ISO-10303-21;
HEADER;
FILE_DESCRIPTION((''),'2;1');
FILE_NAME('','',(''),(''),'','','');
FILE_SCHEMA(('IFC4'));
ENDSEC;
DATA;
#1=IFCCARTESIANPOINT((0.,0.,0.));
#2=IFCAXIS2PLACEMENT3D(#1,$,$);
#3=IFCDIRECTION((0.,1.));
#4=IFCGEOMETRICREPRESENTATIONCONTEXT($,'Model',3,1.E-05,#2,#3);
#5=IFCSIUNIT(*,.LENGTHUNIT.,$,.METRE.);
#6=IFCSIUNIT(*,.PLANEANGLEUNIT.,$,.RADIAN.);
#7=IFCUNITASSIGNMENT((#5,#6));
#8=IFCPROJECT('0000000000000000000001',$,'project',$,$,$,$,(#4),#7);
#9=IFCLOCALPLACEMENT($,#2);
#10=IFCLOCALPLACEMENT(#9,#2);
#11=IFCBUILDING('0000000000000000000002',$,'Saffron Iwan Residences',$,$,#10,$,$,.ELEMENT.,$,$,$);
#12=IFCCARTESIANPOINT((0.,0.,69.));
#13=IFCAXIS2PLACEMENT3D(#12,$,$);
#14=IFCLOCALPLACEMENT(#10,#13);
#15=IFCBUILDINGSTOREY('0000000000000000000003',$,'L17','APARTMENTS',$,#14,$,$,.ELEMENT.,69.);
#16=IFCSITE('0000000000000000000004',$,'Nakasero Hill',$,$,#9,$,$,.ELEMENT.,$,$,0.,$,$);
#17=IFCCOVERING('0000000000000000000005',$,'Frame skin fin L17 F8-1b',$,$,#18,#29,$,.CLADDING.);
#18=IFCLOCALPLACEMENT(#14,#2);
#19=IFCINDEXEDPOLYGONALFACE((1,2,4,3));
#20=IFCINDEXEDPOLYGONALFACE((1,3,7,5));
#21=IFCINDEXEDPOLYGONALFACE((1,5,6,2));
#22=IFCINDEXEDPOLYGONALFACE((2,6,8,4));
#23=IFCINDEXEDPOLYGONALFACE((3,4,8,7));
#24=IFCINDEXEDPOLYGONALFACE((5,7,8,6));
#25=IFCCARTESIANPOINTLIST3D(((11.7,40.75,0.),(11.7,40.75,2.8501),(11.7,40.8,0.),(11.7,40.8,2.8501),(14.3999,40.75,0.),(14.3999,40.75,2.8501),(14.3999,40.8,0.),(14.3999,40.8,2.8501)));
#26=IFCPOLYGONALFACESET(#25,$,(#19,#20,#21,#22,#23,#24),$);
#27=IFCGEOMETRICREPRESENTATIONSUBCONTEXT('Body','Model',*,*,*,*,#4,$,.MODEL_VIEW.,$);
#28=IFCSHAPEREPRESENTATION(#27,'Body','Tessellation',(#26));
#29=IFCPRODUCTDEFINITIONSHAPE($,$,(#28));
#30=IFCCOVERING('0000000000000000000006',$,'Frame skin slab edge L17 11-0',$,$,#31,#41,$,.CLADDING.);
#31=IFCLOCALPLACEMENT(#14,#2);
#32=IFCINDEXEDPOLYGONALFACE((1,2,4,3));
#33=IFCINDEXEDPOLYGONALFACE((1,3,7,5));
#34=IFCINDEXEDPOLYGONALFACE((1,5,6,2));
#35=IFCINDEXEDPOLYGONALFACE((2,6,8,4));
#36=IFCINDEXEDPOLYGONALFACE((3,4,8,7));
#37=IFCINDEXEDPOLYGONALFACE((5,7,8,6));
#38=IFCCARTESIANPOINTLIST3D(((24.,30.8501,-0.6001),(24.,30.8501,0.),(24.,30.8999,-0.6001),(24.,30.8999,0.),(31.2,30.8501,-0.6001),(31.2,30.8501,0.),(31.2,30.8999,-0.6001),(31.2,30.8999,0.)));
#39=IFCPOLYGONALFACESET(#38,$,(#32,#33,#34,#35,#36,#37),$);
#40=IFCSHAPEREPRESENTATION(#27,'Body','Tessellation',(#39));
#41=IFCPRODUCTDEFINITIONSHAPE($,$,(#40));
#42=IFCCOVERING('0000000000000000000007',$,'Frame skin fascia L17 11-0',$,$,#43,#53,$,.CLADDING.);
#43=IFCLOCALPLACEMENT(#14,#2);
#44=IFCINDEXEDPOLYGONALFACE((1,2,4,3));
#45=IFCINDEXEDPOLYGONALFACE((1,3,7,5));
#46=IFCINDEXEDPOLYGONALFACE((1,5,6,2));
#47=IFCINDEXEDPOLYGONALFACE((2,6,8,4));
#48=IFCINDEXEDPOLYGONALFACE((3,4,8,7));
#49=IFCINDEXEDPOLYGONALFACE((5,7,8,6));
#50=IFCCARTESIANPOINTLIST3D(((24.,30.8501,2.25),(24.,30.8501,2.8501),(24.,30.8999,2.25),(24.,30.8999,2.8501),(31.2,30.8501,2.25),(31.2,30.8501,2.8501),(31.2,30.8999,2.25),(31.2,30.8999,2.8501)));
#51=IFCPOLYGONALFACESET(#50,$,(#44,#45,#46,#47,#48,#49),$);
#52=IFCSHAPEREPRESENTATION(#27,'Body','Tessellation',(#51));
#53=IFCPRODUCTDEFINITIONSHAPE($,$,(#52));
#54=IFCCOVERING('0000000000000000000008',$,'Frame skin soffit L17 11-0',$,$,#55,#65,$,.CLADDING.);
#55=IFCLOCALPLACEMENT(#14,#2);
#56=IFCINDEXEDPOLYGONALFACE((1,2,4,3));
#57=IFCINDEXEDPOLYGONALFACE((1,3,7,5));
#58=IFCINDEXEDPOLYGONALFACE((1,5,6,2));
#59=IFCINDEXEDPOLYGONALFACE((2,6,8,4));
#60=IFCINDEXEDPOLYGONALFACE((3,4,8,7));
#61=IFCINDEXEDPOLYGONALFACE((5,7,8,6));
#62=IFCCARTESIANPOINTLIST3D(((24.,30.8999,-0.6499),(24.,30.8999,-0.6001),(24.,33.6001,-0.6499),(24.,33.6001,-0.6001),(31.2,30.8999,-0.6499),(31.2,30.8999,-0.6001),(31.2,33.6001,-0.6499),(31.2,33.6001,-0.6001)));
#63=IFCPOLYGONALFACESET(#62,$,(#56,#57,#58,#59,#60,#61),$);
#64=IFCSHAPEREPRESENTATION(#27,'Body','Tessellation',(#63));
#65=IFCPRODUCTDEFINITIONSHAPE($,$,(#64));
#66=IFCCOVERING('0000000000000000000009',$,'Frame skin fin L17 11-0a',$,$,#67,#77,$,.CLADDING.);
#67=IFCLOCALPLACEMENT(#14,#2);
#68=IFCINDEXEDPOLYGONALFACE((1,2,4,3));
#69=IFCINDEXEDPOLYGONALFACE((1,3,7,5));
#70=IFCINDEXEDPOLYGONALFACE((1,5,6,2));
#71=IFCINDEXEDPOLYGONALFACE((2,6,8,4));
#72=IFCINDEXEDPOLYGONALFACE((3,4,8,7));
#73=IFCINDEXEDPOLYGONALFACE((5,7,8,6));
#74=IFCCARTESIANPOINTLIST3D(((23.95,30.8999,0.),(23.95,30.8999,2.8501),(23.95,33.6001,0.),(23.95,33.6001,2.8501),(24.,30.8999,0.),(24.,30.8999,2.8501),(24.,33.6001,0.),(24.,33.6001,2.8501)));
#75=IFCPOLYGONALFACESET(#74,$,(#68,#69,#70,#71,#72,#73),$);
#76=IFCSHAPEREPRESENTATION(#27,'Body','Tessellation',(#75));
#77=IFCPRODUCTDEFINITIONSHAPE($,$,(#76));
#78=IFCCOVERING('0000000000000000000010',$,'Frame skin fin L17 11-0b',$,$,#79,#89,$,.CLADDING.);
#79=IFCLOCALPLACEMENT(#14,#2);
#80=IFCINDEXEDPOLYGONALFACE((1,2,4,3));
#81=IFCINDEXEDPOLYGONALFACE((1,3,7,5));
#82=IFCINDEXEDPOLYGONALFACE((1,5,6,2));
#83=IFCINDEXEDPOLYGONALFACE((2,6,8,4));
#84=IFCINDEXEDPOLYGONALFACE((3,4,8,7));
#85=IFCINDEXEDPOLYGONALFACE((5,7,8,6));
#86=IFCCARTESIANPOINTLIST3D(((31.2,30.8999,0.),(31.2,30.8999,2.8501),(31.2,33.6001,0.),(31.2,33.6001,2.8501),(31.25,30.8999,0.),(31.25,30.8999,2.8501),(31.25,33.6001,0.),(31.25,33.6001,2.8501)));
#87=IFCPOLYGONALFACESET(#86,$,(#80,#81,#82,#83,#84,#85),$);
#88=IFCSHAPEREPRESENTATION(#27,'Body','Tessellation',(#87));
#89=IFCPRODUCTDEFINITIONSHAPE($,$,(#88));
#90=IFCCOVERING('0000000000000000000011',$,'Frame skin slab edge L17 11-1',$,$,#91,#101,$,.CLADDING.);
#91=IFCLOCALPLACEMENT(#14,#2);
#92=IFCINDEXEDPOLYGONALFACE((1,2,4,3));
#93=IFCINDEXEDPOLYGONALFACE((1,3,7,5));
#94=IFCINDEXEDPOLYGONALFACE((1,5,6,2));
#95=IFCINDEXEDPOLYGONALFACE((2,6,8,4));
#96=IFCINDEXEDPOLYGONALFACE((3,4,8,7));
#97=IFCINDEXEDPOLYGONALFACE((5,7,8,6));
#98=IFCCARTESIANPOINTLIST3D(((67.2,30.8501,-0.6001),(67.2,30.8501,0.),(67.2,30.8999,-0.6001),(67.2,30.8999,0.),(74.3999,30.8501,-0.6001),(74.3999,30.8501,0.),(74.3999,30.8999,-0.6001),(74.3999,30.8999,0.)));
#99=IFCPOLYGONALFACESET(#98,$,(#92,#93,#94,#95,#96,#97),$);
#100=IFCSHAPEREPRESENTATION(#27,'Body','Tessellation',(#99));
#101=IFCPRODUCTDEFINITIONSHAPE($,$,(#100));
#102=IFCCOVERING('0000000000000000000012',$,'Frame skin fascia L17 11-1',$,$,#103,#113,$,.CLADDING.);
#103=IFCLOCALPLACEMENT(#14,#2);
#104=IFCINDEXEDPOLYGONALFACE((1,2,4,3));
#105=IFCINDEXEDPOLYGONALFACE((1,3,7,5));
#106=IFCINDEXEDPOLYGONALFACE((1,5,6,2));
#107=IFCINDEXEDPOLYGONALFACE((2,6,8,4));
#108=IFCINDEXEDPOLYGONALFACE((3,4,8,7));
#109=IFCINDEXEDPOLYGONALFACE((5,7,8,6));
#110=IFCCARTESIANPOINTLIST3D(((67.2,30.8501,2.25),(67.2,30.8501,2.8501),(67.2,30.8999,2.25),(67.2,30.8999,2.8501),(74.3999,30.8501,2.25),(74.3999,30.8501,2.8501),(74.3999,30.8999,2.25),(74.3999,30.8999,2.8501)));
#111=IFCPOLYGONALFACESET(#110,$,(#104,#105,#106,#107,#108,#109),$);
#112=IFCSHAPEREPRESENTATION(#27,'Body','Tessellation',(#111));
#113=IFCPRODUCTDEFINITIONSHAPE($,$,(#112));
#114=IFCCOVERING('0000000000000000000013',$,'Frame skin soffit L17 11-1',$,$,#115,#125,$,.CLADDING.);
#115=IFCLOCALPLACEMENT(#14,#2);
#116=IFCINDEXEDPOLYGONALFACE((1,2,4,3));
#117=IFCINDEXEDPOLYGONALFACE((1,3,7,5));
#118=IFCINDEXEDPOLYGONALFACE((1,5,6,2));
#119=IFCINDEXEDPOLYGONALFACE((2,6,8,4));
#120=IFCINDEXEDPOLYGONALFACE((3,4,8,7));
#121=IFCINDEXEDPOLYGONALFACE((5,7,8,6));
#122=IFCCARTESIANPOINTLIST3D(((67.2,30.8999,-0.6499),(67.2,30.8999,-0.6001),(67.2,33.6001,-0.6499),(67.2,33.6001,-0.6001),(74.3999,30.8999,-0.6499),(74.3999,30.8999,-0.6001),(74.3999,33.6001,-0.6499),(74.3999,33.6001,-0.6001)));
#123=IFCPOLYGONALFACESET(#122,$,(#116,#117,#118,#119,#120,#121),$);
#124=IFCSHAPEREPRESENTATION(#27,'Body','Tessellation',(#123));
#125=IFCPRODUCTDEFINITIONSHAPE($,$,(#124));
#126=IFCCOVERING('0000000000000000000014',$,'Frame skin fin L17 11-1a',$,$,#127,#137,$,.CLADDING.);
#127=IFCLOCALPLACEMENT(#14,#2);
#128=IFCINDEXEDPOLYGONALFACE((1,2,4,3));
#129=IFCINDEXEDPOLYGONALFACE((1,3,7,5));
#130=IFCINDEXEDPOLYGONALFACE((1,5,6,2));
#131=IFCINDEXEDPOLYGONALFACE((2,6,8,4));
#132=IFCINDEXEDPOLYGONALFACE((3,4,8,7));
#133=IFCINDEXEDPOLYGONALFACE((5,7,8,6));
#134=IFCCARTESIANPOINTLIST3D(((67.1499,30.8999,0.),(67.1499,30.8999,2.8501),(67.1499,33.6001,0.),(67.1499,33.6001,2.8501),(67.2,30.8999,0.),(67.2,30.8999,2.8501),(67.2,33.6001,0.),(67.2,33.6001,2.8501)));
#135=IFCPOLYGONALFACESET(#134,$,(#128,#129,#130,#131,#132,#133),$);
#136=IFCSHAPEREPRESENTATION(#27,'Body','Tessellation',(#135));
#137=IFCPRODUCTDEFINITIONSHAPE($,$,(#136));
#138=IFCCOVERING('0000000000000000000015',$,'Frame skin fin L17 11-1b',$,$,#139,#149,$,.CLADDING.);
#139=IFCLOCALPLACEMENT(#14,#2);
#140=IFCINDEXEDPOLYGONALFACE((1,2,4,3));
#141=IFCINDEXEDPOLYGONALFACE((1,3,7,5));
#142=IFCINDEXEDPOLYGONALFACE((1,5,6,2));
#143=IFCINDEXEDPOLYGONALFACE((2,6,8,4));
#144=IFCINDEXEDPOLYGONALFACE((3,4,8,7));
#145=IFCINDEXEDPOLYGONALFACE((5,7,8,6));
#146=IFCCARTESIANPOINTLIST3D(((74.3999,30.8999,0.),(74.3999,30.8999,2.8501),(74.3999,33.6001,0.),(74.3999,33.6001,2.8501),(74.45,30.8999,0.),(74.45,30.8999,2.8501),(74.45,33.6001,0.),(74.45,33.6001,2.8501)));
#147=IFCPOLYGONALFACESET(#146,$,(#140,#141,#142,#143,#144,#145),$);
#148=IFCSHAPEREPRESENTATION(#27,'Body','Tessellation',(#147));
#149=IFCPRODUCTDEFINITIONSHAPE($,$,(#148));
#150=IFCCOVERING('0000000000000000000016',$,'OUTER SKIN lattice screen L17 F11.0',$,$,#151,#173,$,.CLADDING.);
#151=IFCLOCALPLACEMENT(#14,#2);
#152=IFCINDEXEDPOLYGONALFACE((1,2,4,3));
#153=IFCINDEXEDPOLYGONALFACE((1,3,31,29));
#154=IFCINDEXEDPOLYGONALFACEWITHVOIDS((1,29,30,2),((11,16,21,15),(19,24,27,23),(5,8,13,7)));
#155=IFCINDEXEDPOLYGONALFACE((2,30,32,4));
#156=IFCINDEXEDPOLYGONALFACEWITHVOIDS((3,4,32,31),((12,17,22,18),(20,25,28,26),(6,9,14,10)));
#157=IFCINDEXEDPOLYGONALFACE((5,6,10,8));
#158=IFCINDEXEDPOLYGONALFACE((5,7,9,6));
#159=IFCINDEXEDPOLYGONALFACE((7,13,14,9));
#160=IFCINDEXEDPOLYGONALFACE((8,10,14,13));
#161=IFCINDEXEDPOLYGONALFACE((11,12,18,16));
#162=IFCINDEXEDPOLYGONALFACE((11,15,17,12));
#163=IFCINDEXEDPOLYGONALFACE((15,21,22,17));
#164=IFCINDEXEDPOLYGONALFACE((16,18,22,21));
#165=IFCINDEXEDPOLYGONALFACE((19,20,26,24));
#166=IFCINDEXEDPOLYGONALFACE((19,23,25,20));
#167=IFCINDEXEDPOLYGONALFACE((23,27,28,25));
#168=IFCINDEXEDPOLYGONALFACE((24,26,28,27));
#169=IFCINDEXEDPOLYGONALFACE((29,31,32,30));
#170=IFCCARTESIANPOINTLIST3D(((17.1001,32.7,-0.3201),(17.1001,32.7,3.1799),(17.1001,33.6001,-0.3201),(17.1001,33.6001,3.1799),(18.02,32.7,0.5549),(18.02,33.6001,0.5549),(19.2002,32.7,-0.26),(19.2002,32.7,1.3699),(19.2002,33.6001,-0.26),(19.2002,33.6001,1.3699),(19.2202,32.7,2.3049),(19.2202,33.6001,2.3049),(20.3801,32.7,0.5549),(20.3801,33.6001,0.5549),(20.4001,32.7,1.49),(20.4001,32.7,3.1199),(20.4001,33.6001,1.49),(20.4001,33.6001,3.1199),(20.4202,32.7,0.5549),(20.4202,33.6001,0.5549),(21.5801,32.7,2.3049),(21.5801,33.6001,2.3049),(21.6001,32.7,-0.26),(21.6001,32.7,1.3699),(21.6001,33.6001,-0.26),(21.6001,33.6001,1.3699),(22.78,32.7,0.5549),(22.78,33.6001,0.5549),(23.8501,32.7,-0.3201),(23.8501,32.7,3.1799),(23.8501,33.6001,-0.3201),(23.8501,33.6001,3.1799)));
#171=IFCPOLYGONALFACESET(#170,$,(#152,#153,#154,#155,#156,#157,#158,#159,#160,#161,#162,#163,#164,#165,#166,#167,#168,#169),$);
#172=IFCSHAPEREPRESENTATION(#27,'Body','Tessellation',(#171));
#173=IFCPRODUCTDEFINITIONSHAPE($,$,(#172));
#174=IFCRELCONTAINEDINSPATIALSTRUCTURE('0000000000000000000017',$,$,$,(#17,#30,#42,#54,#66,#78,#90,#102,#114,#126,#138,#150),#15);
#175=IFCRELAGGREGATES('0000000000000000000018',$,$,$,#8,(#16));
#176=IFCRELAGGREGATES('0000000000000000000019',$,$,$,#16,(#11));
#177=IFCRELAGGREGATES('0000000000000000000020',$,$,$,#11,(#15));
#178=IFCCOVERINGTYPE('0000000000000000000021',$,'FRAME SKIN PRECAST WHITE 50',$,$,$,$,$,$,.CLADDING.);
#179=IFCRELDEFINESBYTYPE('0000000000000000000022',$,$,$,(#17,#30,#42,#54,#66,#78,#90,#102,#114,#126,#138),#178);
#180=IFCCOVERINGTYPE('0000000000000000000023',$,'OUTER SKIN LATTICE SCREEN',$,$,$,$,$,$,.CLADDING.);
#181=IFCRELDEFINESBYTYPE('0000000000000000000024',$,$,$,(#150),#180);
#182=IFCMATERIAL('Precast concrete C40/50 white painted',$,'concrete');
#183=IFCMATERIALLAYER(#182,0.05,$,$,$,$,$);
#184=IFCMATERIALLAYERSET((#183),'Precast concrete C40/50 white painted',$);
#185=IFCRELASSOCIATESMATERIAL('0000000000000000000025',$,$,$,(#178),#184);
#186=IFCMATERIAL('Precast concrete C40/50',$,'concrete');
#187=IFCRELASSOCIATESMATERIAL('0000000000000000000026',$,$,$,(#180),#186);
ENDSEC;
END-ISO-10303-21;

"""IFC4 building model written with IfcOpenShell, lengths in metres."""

from ifc_helpers import new_model, si_unit, direction, frame, origin, place, context, subcontext, project, spatial, polyline, outline, extrude, material, layer, layer_set, type_object, element, save


model = new_model("IFC4")

# Units and contexts
model_context = context("Model", 3, precision=1e-05, world=origin(), true_north=direction((0.0, 1.0)))
body_context = subcontext(model_context, "Body", "Model", "MODEL_VIEW")
ifc_project = project(units=[si_unit("LENGTHUNIT", "METRE"), si_unit("PLANEANGLEUNIT", "RADIAN")], contexts=[model_context])

# Site, building, storey
site_placement = place(None, origin())
site = spatial("IfcSite", under=ifc_project, at=site_placement, Name="Nakasero Hill", CompositionType="ELEMENT", RefElevation=0.0)
building_placement = place(site_placement, origin())
building = spatial("IfcBuilding", under=site, at=building_placement, Name="Saffron Iwan Residences", CompositionType="ELEMENT")
storey_placement = place(building_placement, frame((0.0, 0.0, 69.0)))
storey = spatial("IfcBuildingStorey", under=building, at=storey_placement, Name="L17", Description="APARTMENTS", CompositionType="ELEMENT", Elevation=69.0)

# Coverings
ifc_material_1 = material(Name="Precast concrete C40/50 white painted", Category="concrete")
ifc_layer_1 = layer(ifc_material_1, 0.05)
ifc_layer_set_1 = layer_set([ifc_layer_1], Name="Precast concrete C40/50 white painted")
covering_type_1 = type_object("IfcCoveringType", Name="FRAME SKIN PRECAST WHITE 50", PredefinedType="CLADDING", material=ifc_layer_set_1)
covering_1_placement = place(storey_placement, origin())
element("IfcCovering", 1, at=covering_1_placement, inside=storey, type_object=covering_type_1, Name="Frame skin fin L17 F8-1b", PredefinedType="CLADDING", context=body_context, shape_type="SweptSolid", body=[
    extrude(outline(polyline([(11.7, 40.8), (11.7, 40.75), (14.3999, 40.75), (14.3999, 40.8), (11.7, 40.8)])), origin(), (0.0, 0.0, 1.0), 2.8501),
])
for number, where, name in (
    (2, (0.0, 0.0, -0.6001), "Frame skin slab edge L17 11-0"),
    (3, (0.0, 0.0, 2.25), "Frame skin fascia L17 11-0"),
):
    element("IfcCovering", number, at=place(storey_placement, frame(where)), inside=storey, type_object=covering_type_1, Name=name, PredefinedType="CLADDING", context=body_context, shape_type="SweptSolid", body=[
        extrude(outline(polyline([(24.0, 30.8501), (31.2, 30.8501), (31.2, 30.8999), (24.0, 30.8999), (24.0, 30.8501)])), origin(), (0.0, 0.0, 1.0), 0.6001),
    ])
covering_2_placement = place(storey_placement, frame((0.0, 0.0, -0.6499)))
element("IfcCovering", 4, at=covering_2_placement, inside=storey, type_object=covering_type_1, Name="Frame skin soffit L17 11-0", PredefinedType="CLADDING", context=body_context, shape_type="SweptSolid", body=[
    extrude(outline(polyline([(24.0, 30.8999), (31.2, 30.8999), (31.2, 33.6001), (24.0, 33.6001), (24.0, 30.8999)])), origin(), (0.0, 0.0, 1.0), 0.0498),
])
covering_3_placement = place(storey_placement, origin())
element("IfcCovering", 5, at=covering_3_placement, inside=storey, type_object=covering_type_1, Name="Frame skin fin L17 11-0a", PredefinedType="CLADDING", context=body_context, shape_type="SweptSolid", body=[
    extrude(outline(polyline([(23.95, 30.8999), (24.0, 30.8999), (24.0, 33.6001), (23.95, 33.6001), (23.95, 30.8999)])), origin(), (0.0, 0.0, 1.0), 2.8501),
])
covering_4_placement = place(storey_placement, origin())
element("IfcCovering", 6, at=covering_4_placement, inside=storey, type_object=covering_type_1, Name="Frame skin fin L17 11-0b", PredefinedType="CLADDING", context=body_context, shape_type="SweptSolid", body=[
    extrude(outline(polyline([(31.2, 30.8999), (31.25, 30.8999), (31.25, 33.6001), (31.2, 33.6001), (31.2, 30.8999)])), origin(), (0.0, 0.0, 1.0), 2.8501),
])
for number, where, name in (
    (7, (0.0, 0.0, -0.6001), "Frame skin slab edge L17 11-1"),
    (8, (0.0, 0.0, 2.25), "Frame skin fascia L17 11-1"),
):
    element("IfcCovering", number, at=place(storey_placement, frame(where)), inside=storey, type_object=covering_type_1, Name=name, PredefinedType="CLADDING", context=body_context, shape_type="SweptSolid", body=[
        extrude(outline(polyline([(67.2, 30.8501), (74.3999, 30.8501), (74.3999, 30.8999), (67.2, 30.8999), (67.2, 30.8501)])), origin(), (0.0, 0.0, 1.0), 0.6001),
    ])
covering_5_placement = place(storey_placement, frame((0.0, 0.0, -0.6499)))
element("IfcCovering", 9, at=covering_5_placement, inside=storey, type_object=covering_type_1, Name="Frame skin soffit L17 11-1", PredefinedType="CLADDING", context=body_context, shape_type="SweptSolid", body=[
    extrude(outline(polyline([(67.2, 30.8999), (74.3999, 30.8999), (74.3999, 33.6001), (67.2, 33.6001), (67.2, 30.8999)])), origin(), (0.0, 0.0, 1.0), 0.0498),
])
covering_6_placement = place(storey_placement, origin())
element("IfcCovering", 10, at=covering_6_placement, inside=storey, type_object=covering_type_1, Name="Frame skin fin L17 11-1a", PredefinedType="CLADDING", context=body_context, shape_type="SweptSolid", body=[
    extrude(outline(polyline([(67.1499, 30.8999), (67.2, 30.8999), (67.2, 33.6001), (67.1499, 33.6001), (67.1499, 30.8999)])), origin(), (0.0, 0.0, 1.0), 2.8501),
])
covering_7_placement = place(storey_placement, origin())
element("IfcCovering", 11, at=covering_7_placement, inside=storey, type_object=covering_type_1, Name="Frame skin fin L17 11-1b", PredefinedType="CLADDING", context=body_context, shape_type="SweptSolid", body=[
    extrude(outline(polyline([(74.3999, 30.8999), (74.45, 30.8999), (74.45, 33.6001), (74.3999, 33.6001), (74.3999, 30.8999)])), origin(), (0.0, 0.0, 1.0), 2.8501),
])
ifc_material_2 = material(Name="Precast concrete C40/50", Category="concrete")
covering_type_2 = type_object("IfcCoveringType", Name="OUTER SKIN LATTICE SCREEN", PredefinedType="CLADDING", material=ifc_material_2)
covering_8_placement = place(storey_placement, frame((17.1001, 33.6001, -0.3201), z_axis=(0.0, -1.0, 0.0), x_axis=(1.0, 0.0, 0.0)))
element("IfcCovering", 12, at=covering_8_placement, inside=storey, type_object=covering_type_2, Name="OUTER SKIN lattice screen L17 F11.0", PredefinedType="CLADDING", context=body_context, shape_type="SweptSolid", body=[
    extrude(outline(polyline([(0.0, 0.0), (6.75, 0.0), (6.75, 3.5), (0.0, 3.5), (0.0, 0.0)]), holes=[polyline([(0.9199, 0.875), (2.1001, 0.0601), (3.28, 0.875), (2.1001, 1.6899), (0.9199, 0.875)]), polyline([(3.3201, 0.875), (4.5, 0.0601), (5.6799, 0.875), (4.5, 1.6899), (3.3201, 0.875)]), polyline([(2.1201, 2.625), (3.3, 1.8101), (4.48, 2.625), (3.3, 3.4399), (2.1201, 2.625)])]), origin(), (0.0, 0.0, 1.0), 0.9001),
])

save(model, "model.ifc")
